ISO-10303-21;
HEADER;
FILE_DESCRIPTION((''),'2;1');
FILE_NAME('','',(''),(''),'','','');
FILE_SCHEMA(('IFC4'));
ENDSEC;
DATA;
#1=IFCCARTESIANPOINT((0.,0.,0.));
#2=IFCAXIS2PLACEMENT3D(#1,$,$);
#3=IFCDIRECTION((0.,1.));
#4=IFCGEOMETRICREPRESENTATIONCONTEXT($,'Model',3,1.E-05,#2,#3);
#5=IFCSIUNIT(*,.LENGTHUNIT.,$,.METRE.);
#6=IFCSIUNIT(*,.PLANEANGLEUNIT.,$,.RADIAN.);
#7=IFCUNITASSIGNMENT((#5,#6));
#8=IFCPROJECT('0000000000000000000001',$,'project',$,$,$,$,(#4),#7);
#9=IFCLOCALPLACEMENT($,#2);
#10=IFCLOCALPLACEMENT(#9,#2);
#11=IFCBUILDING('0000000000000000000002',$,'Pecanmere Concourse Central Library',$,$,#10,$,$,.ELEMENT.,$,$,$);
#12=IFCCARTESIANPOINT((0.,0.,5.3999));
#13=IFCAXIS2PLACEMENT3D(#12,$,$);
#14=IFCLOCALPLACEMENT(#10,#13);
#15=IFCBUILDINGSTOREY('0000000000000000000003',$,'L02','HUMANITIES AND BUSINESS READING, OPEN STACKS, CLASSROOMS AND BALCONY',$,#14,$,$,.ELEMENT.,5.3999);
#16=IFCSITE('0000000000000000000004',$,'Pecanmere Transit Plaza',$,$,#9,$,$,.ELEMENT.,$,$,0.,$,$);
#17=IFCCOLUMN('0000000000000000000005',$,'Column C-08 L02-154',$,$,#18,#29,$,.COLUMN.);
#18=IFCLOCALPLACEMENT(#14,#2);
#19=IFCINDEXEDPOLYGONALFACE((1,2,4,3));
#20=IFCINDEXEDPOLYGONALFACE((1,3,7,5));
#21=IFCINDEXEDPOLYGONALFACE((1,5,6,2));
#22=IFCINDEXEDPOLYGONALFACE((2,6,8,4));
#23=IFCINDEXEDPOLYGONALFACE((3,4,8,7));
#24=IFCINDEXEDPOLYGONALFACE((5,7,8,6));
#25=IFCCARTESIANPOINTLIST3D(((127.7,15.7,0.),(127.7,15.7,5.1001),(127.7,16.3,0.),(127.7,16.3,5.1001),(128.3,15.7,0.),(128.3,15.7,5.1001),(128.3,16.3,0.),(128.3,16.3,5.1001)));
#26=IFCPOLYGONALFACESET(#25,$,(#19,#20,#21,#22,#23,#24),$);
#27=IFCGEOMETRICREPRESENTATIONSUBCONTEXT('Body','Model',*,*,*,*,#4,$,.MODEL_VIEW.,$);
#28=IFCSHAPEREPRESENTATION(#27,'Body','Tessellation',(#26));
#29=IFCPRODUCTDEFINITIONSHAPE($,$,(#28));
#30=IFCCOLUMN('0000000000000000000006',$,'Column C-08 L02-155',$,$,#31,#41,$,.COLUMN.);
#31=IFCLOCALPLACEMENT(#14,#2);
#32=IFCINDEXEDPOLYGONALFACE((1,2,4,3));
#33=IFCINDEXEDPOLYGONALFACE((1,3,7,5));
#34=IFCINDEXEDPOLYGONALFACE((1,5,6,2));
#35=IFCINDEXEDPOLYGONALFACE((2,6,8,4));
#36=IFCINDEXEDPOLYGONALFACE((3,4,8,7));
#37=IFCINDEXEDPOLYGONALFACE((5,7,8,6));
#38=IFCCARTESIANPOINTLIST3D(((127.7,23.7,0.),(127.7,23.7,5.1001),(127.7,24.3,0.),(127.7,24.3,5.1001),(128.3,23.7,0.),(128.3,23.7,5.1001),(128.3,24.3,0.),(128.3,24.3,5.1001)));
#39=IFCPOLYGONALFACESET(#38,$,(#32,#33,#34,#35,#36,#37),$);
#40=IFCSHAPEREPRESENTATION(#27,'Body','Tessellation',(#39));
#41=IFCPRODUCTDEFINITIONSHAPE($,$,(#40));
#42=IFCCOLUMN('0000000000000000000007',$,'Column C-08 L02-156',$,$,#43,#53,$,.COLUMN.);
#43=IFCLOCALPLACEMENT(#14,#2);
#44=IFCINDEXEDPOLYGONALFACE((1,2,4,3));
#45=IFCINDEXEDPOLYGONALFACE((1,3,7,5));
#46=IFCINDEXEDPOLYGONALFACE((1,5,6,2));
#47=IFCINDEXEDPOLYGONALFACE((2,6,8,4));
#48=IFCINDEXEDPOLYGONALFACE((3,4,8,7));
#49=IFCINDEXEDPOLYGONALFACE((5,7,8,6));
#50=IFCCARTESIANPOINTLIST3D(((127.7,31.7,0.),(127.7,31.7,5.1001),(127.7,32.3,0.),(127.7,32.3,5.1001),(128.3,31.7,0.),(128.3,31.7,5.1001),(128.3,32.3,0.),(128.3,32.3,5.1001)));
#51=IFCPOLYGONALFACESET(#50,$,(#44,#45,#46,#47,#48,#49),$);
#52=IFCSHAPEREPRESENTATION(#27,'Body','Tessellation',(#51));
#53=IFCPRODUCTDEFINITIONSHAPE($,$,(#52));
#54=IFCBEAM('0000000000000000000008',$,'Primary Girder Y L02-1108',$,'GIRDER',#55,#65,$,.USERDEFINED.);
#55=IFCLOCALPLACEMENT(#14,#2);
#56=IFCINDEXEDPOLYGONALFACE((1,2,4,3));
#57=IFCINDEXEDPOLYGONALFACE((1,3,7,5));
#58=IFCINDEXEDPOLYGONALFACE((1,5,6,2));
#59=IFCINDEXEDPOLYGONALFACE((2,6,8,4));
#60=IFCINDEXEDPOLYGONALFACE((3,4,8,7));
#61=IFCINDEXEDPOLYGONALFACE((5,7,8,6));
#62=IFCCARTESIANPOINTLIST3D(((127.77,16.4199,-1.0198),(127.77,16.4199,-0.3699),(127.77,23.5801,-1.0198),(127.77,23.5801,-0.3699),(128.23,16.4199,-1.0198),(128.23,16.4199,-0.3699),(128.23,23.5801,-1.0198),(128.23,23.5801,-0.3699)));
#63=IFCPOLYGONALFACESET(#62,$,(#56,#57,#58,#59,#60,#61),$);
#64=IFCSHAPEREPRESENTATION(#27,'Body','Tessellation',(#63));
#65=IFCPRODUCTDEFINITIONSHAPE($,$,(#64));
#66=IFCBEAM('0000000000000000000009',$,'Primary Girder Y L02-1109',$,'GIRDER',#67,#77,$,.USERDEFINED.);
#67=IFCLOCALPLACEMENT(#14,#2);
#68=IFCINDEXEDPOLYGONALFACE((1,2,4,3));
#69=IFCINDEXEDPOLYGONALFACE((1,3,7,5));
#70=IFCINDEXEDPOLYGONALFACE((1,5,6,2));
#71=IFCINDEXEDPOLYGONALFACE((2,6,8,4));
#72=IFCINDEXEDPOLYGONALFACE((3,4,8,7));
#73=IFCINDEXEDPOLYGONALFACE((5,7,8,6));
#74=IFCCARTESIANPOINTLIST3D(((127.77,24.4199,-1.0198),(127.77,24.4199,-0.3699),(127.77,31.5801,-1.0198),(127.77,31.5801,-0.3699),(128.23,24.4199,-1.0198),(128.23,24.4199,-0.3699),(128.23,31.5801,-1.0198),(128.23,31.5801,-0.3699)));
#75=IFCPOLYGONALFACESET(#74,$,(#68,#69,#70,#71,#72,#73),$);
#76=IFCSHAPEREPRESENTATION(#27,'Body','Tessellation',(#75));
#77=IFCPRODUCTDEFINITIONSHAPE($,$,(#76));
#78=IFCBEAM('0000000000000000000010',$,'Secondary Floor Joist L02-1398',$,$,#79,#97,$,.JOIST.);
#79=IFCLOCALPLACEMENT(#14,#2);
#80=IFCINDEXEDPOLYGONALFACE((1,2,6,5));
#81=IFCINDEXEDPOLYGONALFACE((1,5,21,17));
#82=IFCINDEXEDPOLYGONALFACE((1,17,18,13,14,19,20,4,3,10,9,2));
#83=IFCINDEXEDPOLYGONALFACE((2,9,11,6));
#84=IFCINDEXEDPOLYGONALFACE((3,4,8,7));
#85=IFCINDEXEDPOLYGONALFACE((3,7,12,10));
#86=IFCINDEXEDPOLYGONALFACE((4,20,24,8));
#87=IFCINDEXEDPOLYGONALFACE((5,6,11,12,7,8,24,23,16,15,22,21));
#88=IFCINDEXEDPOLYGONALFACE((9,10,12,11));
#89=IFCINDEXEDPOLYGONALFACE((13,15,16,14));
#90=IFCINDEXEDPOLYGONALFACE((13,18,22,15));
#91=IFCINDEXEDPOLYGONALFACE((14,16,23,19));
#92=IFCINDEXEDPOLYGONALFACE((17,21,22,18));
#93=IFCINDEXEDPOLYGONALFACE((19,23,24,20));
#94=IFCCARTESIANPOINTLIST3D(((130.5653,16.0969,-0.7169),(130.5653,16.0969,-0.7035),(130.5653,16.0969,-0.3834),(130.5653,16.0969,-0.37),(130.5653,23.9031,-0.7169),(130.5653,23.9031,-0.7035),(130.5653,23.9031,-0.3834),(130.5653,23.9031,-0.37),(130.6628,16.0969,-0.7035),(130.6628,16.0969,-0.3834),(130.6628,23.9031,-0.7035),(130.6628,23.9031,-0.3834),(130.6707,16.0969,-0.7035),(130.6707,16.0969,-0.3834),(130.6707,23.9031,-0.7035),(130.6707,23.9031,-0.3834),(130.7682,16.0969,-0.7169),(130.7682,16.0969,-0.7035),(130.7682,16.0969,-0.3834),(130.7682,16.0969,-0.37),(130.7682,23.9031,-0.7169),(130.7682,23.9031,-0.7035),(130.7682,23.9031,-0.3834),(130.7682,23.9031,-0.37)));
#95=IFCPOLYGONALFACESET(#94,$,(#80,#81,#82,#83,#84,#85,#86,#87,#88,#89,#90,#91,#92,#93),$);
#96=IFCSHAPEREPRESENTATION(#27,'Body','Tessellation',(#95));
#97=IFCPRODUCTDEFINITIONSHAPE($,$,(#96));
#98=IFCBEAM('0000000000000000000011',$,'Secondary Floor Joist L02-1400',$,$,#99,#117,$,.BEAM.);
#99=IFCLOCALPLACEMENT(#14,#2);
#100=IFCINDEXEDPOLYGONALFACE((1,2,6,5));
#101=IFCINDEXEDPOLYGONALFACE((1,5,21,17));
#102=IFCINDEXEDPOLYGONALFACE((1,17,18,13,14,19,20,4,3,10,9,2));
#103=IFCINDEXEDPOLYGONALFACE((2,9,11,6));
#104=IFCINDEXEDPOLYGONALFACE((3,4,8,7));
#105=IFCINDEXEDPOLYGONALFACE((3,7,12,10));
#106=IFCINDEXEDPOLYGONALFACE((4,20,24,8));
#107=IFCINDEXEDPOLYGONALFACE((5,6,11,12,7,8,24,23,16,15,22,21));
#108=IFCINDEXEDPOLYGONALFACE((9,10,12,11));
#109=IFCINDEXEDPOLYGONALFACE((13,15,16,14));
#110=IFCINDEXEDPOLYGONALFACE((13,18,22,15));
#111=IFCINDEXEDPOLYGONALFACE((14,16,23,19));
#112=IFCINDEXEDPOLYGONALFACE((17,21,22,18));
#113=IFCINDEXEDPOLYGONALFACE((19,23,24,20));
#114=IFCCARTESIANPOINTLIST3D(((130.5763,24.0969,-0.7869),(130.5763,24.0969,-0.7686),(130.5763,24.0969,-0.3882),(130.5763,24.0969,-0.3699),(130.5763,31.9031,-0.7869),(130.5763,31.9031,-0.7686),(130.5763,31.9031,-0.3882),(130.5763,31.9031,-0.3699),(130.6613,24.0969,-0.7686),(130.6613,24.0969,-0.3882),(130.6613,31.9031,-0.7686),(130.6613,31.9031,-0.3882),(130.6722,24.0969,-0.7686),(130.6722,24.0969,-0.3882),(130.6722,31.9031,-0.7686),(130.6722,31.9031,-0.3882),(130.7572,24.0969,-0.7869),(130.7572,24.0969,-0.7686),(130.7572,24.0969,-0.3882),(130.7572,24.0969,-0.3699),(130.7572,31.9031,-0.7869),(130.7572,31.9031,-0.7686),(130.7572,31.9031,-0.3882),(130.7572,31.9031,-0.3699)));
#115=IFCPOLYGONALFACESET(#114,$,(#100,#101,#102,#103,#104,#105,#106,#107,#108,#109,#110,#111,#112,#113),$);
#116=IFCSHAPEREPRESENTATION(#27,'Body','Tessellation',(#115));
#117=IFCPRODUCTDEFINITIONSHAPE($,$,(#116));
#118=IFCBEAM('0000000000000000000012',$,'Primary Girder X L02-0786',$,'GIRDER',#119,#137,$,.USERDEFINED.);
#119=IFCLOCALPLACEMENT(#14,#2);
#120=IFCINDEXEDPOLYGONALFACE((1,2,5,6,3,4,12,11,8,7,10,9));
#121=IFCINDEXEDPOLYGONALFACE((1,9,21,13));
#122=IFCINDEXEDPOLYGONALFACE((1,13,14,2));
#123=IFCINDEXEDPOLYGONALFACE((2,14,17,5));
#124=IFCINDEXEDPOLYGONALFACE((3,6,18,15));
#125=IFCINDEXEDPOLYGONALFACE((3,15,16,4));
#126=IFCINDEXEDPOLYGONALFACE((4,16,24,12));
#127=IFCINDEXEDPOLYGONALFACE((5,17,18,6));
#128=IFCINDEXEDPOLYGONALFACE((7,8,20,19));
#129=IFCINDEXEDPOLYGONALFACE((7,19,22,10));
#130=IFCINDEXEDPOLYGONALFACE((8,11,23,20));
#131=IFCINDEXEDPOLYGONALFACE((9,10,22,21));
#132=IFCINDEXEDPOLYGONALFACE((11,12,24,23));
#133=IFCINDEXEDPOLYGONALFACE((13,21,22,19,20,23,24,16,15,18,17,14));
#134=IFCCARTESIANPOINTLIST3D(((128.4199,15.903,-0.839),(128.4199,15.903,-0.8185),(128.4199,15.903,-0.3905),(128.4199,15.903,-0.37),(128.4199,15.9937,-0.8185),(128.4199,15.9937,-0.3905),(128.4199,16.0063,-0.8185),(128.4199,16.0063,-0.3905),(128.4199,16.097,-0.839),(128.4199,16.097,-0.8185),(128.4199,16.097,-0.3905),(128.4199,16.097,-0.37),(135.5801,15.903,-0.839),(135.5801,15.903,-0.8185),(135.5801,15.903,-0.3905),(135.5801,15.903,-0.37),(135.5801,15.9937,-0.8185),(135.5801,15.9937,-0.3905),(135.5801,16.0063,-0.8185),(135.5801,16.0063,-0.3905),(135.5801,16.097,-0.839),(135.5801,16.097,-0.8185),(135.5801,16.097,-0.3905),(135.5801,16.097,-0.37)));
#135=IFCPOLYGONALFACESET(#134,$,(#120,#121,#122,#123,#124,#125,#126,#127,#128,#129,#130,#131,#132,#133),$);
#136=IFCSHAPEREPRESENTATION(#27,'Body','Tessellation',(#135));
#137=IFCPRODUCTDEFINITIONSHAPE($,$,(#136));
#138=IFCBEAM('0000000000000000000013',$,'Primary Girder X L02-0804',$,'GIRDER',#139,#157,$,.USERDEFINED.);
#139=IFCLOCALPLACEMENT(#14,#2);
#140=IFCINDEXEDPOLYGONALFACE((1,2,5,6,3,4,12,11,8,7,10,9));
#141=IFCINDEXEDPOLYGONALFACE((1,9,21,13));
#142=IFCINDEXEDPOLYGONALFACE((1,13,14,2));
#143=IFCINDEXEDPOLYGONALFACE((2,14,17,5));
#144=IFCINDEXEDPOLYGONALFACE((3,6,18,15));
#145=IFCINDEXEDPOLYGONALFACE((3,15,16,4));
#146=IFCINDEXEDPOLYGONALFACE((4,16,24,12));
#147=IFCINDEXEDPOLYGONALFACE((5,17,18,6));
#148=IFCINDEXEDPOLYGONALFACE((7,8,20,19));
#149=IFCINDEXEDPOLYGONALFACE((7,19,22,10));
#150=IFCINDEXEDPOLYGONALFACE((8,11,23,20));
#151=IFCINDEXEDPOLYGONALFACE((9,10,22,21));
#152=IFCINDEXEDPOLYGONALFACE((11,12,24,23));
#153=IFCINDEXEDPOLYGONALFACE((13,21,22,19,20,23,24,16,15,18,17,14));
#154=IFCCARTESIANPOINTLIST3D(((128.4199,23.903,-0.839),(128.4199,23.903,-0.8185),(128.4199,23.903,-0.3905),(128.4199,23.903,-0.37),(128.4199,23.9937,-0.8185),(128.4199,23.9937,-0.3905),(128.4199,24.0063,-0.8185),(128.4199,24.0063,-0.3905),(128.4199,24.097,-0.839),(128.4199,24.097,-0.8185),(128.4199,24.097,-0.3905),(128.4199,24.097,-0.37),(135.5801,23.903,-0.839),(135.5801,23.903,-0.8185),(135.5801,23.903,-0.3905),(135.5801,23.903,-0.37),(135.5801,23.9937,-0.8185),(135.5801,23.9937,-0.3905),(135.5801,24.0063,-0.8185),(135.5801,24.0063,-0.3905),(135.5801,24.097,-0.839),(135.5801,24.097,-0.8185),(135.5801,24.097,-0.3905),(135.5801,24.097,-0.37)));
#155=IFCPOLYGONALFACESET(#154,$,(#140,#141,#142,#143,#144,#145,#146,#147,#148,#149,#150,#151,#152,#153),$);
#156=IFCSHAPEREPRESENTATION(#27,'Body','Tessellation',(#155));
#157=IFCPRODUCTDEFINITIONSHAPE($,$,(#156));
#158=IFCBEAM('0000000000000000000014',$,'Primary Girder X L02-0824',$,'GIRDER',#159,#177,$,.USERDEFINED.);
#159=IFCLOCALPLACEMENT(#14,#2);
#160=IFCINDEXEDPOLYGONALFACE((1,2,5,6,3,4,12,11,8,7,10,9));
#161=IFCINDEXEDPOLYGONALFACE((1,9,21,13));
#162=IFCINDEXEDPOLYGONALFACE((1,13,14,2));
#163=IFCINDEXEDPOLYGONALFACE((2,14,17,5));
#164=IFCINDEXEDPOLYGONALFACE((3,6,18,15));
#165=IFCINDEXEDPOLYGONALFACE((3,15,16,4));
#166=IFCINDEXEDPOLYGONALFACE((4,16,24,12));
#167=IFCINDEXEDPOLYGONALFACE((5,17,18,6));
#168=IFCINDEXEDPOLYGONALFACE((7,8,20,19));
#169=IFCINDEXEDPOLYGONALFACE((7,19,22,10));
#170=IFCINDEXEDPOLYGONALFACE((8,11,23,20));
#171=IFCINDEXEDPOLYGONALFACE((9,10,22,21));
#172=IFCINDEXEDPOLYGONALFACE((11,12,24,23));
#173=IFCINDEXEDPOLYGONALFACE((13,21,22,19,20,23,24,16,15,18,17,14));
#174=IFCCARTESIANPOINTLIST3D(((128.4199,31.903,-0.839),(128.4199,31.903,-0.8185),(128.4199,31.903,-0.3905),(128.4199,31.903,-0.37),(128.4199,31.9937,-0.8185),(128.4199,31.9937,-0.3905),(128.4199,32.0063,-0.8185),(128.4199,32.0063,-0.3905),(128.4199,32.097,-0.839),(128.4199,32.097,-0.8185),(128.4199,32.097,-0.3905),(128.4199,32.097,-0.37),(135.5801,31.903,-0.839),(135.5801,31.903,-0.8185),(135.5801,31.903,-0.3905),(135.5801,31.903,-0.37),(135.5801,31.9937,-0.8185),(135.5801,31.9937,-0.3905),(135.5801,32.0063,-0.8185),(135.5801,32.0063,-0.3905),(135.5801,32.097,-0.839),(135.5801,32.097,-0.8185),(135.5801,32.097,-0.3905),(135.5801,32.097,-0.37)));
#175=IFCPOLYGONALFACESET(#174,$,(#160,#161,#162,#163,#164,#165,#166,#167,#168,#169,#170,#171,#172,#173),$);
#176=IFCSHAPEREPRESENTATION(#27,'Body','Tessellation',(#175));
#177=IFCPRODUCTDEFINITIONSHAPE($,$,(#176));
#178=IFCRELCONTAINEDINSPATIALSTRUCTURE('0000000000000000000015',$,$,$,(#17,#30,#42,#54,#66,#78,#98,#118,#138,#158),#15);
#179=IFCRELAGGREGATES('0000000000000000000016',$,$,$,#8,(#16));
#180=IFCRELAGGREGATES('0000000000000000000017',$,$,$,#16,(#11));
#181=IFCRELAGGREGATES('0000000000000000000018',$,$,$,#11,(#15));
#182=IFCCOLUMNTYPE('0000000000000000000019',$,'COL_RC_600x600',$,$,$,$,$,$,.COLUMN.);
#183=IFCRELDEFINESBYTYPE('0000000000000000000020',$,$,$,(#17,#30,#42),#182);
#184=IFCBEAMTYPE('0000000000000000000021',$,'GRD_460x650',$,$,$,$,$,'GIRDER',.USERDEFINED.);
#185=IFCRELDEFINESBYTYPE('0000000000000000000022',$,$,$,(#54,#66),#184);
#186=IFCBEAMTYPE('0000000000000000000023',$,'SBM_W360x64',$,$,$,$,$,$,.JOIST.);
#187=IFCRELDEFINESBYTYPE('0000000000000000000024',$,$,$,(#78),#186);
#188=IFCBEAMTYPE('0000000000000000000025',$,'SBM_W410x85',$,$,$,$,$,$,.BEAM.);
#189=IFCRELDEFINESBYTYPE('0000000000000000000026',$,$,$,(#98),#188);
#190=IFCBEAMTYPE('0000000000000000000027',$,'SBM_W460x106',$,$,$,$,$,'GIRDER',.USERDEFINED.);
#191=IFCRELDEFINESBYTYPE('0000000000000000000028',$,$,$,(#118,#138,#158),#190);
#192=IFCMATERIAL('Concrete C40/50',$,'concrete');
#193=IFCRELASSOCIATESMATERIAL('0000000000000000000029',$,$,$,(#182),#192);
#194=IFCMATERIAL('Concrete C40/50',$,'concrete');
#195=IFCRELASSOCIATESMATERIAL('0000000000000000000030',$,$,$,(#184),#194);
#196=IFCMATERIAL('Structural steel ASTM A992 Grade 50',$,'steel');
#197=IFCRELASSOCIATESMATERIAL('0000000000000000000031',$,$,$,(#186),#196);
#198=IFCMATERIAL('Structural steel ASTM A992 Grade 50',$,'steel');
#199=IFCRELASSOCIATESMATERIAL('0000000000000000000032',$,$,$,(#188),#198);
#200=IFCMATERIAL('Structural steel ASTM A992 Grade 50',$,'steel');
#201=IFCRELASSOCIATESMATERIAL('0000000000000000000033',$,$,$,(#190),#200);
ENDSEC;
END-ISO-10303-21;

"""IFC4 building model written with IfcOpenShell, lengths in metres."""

from ifc_helpers import new_model, si_unit, direction, frame, origin, origin_2d, place, context, subcontext, project, spatial, rectangle, i_section, extrude, material, material_profile, profile_set, type_object, element, save


model = new_model("IFC4")

# Units and contexts
model_context = context("Model", 3, precision=1e-05, world=origin(), true_north=direction((0.0, 1.0)))
body_context = subcontext(model_context, "Body", "Model", "MODEL_VIEW")
ifc_project = project(units=[si_unit("LENGTHUNIT", "METRE"), si_unit("PLANEANGLEUNIT", "RADIAN")], contexts=[model_context])

# Site, building, storey
site_placement = place(None, origin())
site = spatial("IfcSite", under=ifc_project, at=site_placement, Name="Pecanmere Transit Plaza", CompositionType="ELEMENT", RefElevation=0.0)
building_placement = place(site_placement, origin())
building = spatial("IfcBuilding", under=site, at=building_placement, Name="Pecanmere Concourse Central Library", CompositionType="ELEMENT")
storey_placement = place(building_placement, frame((0.0, 0.0, 5.3999)))
storey = spatial("IfcBuildingStorey", under=building, at=storey_placement, Name="L02", Description="HUMANITIES AND BUSINESS READING, OPEN STACKS, CLASSROOMS AND BALCONY", CompositionType="ELEMENT", Elevation=5.3999)

# Columns
ifc_material_1 = material(Name="Concrete C40/50", Category="concrete")
ifc_material_profile_1 = material_profile(ifc_material_1, rectangle(XDim=0.6001, YDim=0.6001, at=origin_2d()), Name="RC 600x600")
ifc_profile_set_1 = profile_set([ifc_material_profile_1], Name="Concrete C40/50")
column_type = type_object("IfcColumnType", Name="COL_RC_600x600", PredefinedType="COLUMN", material=ifc_profile_set_1)
for number, where, z_axis, x_axis, name in (
    (1, (128.0, 16.0, 0.0), (0.0, 0.0, 1.0), (1.0, 0.0, 0.0), "Column C-08 L02-154"),
    (2, (128.0, 24.0, 0.0), (0.0, 0.0, 1.0), (1.0, 0.0, 0.0), "Column C-08 L02-155"),
    (3, (128.0, 32.0, 0.0), (0.0, 0.0, 1.0), (1.0, 0.0, 0.0), "Column C-08 L02-156"),
):
    element("IfcColumn", number, at=place(storey_placement, frame(where, z_axis=z_axis, x_axis=x_axis)), inside=storey, type_object=column_type, Name=name, PredefinedType="COLUMN", context=body_context, shape_type="SweptSolid", body=[
        extrude(rectangle(XDim=0.6001, YDim=0.6001, at=origin_2d()), origin(), (0.0, 0.0, 1.0), 5.1001),
    ])

# Beams
ifc_material_2 = material(Name="Concrete C40/50", Category="concrete")
ifc_material_profile_2 = material_profile(ifc_material_2, rectangle(XDim=0.46, YDim=0.6499, at=origin_2d()), Name="RC 460x650")
ifc_profile_set_2 = profile_set([ifc_material_profile_2], Name="Concrete C40/50")
beam_type_1 = type_object("IfcBeamType", Name="GRD_460x650", ElementType="GIRDER", PredefinedType="USERDEFINED", material=ifc_profile_set_2)
for number, where, z_axis, x_axis, name in (
    (4, (128.0, 16.4199, -0.6948), (0.0, 1.0, 0.0), (-1.0, 0.0, 0.0), "Primary Girder Y L02-1108"),
    (5, (128.0, 24.4199, -0.6948), (0.0, 1.0, 0.0), (-1.0, 0.0, 0.0), "Primary Girder Y L02-1109"),
):
    element("IfcBeam", number, at=place(storey_placement, frame(where, z_axis=z_axis, x_axis=x_axis)), inside=storey, type_object=beam_type_1, Name=name, ObjectType="GIRDER", PredefinedType="USERDEFINED", context=body_context, shape_type="SweptSolid", body=[
        extrude(rectangle(XDim=0.46, YDim=0.6499, at=origin_2d()), origin(), (0.0, 0.0, 1.0), 7.1602),
    ])
ifc_material_3 = material(Name="Structural steel ASTM A992 Grade 50", Category="steel")
ifc_material_profile_3 = material_profile(ifc_material_3, i_section(OverallWidth=0.2029, OverallDepth=0.3469, WebThickness=0.0078, FlangeThickness=0.0134, at=origin_2d()), Name="W360x64")
ifc_profile_set_3 = profile_set([ifc_material_profile_3], Name="Structural steel ASTM A992 Grade 50")
beam_type_2 = type_object("IfcBeamType", Name="SBM_W360x64", PredefinedType="JOIST", material=ifc_profile_set_3)
beam_1_placement = place(storey_placement, frame((130.6667, 16.0969, -0.5435), z_axis=(0.0, 1.0, 0.0), x_axis=(-1.0, 0.0, 0.0)))
element("IfcBeam", 6, at=beam_1_placement, inside=storey, type_object=beam_type_2, Name="Secondary Floor Joist L02-1398", PredefinedType="JOIST", context=body_context, shape_type="SweptSolid", body=[
    extrude(i_section(OverallWidth=0.2029, OverallDepth=0.3469, WebThickness=0.0078, FlangeThickness=0.0134, at=origin_2d()), origin(), (0.0, 0.0, 1.0), 7.8062),
])
ifc_material_4 = material(Name="Structural steel ASTM A992 Grade 50", Category="steel")
ifc_material_profile_4 = material_profile(ifc_material_4, i_section(OverallWidth=0.1809, OverallDepth=0.417, WebThickness=0.011, FlangeThickness=0.0183, at=origin_2d()), Name="W410x85")
ifc_profile_set_4 = profile_set([ifc_material_profile_4], Name="Structural steel ASTM A992 Grade 50")
beam_type_3 = type_object("IfcBeamType", Name="SBM_W410x85", PredefinedType="BEAM", material=ifc_profile_set_4)
beam_2_placement = place(storey_placement, frame((130.6667, 24.0969, -0.5784), z_axis=(0.0, 1.0, 0.0), x_axis=(-1.0, 0.0, 0.0)))
element("IfcBeam", 7, at=beam_2_placement, inside=storey, type_object=beam_type_3, Name="Secondary Floor Joist L02-1400", PredefinedType="BEAM", context=body_context, shape_type="SweptSolid", body=[
    extrude(i_section(OverallWidth=0.1809, OverallDepth=0.417, WebThickness=0.011, FlangeThickness=0.0183, at=origin_2d()), origin(), (0.0, 0.0, 1.0), 7.8062),
])
ifc_material_5 = material(Name="Structural steel ASTM A992 Grade 50", Category="steel")
ifc_material_profile_5 = material_profile(ifc_material_5, i_section(OverallWidth=0.1941, OverallDepth=0.469, WebThickness=0.0127, FlangeThickness=0.0205, at=origin_2d()), Name="W460x106")
ifc_profile_set_5 = profile_set([ifc_material_profile_5], Name="Structural steel ASTM A992 Grade 50")
beam_type_4 = type_object("IfcBeamType", Name="SBM_W460x106", ElementType="GIRDER", PredefinedType="USERDEFINED", material=ifc_profile_set_5)
for number, where, z_axis, x_axis, name in (
    (8, (128.4199, 16.0, -0.6045), (1.0, 0.0, 0.0), (0.0, 1.0, 0.0), "Primary Girder X L02-0786"),
    (9, (128.4199, 24.0, -0.6045), (1.0, 0.0, 0.0), (0.0, 1.0, 0.0), "Primary Girder X L02-0804"),
    (10, (128.4199, 32.0, -0.6045), (1.0, 0.0, 0.0), (0.0, 1.0, 0.0), "Primary Girder X L02-0824"),
):
    element("IfcBeam", number, at=place(storey_placement, frame(where, z_axis=z_axis, x_axis=x_axis)), inside=storey, type_object=beam_type_4, Name=name, ObjectType="GIRDER", PredefinedType="USERDEFINED", context=body_context, shape_type="SweptSolid", body=[
        extrude(i_section(OverallWidth=0.1941, OverallDepth=0.469, WebThickness=0.0127, FlangeThickness=0.0205, at=origin_2d()), origin(), (0.0, 0.0, 1.0), 7.1602),
    ])

save(model, "model.ifc")
